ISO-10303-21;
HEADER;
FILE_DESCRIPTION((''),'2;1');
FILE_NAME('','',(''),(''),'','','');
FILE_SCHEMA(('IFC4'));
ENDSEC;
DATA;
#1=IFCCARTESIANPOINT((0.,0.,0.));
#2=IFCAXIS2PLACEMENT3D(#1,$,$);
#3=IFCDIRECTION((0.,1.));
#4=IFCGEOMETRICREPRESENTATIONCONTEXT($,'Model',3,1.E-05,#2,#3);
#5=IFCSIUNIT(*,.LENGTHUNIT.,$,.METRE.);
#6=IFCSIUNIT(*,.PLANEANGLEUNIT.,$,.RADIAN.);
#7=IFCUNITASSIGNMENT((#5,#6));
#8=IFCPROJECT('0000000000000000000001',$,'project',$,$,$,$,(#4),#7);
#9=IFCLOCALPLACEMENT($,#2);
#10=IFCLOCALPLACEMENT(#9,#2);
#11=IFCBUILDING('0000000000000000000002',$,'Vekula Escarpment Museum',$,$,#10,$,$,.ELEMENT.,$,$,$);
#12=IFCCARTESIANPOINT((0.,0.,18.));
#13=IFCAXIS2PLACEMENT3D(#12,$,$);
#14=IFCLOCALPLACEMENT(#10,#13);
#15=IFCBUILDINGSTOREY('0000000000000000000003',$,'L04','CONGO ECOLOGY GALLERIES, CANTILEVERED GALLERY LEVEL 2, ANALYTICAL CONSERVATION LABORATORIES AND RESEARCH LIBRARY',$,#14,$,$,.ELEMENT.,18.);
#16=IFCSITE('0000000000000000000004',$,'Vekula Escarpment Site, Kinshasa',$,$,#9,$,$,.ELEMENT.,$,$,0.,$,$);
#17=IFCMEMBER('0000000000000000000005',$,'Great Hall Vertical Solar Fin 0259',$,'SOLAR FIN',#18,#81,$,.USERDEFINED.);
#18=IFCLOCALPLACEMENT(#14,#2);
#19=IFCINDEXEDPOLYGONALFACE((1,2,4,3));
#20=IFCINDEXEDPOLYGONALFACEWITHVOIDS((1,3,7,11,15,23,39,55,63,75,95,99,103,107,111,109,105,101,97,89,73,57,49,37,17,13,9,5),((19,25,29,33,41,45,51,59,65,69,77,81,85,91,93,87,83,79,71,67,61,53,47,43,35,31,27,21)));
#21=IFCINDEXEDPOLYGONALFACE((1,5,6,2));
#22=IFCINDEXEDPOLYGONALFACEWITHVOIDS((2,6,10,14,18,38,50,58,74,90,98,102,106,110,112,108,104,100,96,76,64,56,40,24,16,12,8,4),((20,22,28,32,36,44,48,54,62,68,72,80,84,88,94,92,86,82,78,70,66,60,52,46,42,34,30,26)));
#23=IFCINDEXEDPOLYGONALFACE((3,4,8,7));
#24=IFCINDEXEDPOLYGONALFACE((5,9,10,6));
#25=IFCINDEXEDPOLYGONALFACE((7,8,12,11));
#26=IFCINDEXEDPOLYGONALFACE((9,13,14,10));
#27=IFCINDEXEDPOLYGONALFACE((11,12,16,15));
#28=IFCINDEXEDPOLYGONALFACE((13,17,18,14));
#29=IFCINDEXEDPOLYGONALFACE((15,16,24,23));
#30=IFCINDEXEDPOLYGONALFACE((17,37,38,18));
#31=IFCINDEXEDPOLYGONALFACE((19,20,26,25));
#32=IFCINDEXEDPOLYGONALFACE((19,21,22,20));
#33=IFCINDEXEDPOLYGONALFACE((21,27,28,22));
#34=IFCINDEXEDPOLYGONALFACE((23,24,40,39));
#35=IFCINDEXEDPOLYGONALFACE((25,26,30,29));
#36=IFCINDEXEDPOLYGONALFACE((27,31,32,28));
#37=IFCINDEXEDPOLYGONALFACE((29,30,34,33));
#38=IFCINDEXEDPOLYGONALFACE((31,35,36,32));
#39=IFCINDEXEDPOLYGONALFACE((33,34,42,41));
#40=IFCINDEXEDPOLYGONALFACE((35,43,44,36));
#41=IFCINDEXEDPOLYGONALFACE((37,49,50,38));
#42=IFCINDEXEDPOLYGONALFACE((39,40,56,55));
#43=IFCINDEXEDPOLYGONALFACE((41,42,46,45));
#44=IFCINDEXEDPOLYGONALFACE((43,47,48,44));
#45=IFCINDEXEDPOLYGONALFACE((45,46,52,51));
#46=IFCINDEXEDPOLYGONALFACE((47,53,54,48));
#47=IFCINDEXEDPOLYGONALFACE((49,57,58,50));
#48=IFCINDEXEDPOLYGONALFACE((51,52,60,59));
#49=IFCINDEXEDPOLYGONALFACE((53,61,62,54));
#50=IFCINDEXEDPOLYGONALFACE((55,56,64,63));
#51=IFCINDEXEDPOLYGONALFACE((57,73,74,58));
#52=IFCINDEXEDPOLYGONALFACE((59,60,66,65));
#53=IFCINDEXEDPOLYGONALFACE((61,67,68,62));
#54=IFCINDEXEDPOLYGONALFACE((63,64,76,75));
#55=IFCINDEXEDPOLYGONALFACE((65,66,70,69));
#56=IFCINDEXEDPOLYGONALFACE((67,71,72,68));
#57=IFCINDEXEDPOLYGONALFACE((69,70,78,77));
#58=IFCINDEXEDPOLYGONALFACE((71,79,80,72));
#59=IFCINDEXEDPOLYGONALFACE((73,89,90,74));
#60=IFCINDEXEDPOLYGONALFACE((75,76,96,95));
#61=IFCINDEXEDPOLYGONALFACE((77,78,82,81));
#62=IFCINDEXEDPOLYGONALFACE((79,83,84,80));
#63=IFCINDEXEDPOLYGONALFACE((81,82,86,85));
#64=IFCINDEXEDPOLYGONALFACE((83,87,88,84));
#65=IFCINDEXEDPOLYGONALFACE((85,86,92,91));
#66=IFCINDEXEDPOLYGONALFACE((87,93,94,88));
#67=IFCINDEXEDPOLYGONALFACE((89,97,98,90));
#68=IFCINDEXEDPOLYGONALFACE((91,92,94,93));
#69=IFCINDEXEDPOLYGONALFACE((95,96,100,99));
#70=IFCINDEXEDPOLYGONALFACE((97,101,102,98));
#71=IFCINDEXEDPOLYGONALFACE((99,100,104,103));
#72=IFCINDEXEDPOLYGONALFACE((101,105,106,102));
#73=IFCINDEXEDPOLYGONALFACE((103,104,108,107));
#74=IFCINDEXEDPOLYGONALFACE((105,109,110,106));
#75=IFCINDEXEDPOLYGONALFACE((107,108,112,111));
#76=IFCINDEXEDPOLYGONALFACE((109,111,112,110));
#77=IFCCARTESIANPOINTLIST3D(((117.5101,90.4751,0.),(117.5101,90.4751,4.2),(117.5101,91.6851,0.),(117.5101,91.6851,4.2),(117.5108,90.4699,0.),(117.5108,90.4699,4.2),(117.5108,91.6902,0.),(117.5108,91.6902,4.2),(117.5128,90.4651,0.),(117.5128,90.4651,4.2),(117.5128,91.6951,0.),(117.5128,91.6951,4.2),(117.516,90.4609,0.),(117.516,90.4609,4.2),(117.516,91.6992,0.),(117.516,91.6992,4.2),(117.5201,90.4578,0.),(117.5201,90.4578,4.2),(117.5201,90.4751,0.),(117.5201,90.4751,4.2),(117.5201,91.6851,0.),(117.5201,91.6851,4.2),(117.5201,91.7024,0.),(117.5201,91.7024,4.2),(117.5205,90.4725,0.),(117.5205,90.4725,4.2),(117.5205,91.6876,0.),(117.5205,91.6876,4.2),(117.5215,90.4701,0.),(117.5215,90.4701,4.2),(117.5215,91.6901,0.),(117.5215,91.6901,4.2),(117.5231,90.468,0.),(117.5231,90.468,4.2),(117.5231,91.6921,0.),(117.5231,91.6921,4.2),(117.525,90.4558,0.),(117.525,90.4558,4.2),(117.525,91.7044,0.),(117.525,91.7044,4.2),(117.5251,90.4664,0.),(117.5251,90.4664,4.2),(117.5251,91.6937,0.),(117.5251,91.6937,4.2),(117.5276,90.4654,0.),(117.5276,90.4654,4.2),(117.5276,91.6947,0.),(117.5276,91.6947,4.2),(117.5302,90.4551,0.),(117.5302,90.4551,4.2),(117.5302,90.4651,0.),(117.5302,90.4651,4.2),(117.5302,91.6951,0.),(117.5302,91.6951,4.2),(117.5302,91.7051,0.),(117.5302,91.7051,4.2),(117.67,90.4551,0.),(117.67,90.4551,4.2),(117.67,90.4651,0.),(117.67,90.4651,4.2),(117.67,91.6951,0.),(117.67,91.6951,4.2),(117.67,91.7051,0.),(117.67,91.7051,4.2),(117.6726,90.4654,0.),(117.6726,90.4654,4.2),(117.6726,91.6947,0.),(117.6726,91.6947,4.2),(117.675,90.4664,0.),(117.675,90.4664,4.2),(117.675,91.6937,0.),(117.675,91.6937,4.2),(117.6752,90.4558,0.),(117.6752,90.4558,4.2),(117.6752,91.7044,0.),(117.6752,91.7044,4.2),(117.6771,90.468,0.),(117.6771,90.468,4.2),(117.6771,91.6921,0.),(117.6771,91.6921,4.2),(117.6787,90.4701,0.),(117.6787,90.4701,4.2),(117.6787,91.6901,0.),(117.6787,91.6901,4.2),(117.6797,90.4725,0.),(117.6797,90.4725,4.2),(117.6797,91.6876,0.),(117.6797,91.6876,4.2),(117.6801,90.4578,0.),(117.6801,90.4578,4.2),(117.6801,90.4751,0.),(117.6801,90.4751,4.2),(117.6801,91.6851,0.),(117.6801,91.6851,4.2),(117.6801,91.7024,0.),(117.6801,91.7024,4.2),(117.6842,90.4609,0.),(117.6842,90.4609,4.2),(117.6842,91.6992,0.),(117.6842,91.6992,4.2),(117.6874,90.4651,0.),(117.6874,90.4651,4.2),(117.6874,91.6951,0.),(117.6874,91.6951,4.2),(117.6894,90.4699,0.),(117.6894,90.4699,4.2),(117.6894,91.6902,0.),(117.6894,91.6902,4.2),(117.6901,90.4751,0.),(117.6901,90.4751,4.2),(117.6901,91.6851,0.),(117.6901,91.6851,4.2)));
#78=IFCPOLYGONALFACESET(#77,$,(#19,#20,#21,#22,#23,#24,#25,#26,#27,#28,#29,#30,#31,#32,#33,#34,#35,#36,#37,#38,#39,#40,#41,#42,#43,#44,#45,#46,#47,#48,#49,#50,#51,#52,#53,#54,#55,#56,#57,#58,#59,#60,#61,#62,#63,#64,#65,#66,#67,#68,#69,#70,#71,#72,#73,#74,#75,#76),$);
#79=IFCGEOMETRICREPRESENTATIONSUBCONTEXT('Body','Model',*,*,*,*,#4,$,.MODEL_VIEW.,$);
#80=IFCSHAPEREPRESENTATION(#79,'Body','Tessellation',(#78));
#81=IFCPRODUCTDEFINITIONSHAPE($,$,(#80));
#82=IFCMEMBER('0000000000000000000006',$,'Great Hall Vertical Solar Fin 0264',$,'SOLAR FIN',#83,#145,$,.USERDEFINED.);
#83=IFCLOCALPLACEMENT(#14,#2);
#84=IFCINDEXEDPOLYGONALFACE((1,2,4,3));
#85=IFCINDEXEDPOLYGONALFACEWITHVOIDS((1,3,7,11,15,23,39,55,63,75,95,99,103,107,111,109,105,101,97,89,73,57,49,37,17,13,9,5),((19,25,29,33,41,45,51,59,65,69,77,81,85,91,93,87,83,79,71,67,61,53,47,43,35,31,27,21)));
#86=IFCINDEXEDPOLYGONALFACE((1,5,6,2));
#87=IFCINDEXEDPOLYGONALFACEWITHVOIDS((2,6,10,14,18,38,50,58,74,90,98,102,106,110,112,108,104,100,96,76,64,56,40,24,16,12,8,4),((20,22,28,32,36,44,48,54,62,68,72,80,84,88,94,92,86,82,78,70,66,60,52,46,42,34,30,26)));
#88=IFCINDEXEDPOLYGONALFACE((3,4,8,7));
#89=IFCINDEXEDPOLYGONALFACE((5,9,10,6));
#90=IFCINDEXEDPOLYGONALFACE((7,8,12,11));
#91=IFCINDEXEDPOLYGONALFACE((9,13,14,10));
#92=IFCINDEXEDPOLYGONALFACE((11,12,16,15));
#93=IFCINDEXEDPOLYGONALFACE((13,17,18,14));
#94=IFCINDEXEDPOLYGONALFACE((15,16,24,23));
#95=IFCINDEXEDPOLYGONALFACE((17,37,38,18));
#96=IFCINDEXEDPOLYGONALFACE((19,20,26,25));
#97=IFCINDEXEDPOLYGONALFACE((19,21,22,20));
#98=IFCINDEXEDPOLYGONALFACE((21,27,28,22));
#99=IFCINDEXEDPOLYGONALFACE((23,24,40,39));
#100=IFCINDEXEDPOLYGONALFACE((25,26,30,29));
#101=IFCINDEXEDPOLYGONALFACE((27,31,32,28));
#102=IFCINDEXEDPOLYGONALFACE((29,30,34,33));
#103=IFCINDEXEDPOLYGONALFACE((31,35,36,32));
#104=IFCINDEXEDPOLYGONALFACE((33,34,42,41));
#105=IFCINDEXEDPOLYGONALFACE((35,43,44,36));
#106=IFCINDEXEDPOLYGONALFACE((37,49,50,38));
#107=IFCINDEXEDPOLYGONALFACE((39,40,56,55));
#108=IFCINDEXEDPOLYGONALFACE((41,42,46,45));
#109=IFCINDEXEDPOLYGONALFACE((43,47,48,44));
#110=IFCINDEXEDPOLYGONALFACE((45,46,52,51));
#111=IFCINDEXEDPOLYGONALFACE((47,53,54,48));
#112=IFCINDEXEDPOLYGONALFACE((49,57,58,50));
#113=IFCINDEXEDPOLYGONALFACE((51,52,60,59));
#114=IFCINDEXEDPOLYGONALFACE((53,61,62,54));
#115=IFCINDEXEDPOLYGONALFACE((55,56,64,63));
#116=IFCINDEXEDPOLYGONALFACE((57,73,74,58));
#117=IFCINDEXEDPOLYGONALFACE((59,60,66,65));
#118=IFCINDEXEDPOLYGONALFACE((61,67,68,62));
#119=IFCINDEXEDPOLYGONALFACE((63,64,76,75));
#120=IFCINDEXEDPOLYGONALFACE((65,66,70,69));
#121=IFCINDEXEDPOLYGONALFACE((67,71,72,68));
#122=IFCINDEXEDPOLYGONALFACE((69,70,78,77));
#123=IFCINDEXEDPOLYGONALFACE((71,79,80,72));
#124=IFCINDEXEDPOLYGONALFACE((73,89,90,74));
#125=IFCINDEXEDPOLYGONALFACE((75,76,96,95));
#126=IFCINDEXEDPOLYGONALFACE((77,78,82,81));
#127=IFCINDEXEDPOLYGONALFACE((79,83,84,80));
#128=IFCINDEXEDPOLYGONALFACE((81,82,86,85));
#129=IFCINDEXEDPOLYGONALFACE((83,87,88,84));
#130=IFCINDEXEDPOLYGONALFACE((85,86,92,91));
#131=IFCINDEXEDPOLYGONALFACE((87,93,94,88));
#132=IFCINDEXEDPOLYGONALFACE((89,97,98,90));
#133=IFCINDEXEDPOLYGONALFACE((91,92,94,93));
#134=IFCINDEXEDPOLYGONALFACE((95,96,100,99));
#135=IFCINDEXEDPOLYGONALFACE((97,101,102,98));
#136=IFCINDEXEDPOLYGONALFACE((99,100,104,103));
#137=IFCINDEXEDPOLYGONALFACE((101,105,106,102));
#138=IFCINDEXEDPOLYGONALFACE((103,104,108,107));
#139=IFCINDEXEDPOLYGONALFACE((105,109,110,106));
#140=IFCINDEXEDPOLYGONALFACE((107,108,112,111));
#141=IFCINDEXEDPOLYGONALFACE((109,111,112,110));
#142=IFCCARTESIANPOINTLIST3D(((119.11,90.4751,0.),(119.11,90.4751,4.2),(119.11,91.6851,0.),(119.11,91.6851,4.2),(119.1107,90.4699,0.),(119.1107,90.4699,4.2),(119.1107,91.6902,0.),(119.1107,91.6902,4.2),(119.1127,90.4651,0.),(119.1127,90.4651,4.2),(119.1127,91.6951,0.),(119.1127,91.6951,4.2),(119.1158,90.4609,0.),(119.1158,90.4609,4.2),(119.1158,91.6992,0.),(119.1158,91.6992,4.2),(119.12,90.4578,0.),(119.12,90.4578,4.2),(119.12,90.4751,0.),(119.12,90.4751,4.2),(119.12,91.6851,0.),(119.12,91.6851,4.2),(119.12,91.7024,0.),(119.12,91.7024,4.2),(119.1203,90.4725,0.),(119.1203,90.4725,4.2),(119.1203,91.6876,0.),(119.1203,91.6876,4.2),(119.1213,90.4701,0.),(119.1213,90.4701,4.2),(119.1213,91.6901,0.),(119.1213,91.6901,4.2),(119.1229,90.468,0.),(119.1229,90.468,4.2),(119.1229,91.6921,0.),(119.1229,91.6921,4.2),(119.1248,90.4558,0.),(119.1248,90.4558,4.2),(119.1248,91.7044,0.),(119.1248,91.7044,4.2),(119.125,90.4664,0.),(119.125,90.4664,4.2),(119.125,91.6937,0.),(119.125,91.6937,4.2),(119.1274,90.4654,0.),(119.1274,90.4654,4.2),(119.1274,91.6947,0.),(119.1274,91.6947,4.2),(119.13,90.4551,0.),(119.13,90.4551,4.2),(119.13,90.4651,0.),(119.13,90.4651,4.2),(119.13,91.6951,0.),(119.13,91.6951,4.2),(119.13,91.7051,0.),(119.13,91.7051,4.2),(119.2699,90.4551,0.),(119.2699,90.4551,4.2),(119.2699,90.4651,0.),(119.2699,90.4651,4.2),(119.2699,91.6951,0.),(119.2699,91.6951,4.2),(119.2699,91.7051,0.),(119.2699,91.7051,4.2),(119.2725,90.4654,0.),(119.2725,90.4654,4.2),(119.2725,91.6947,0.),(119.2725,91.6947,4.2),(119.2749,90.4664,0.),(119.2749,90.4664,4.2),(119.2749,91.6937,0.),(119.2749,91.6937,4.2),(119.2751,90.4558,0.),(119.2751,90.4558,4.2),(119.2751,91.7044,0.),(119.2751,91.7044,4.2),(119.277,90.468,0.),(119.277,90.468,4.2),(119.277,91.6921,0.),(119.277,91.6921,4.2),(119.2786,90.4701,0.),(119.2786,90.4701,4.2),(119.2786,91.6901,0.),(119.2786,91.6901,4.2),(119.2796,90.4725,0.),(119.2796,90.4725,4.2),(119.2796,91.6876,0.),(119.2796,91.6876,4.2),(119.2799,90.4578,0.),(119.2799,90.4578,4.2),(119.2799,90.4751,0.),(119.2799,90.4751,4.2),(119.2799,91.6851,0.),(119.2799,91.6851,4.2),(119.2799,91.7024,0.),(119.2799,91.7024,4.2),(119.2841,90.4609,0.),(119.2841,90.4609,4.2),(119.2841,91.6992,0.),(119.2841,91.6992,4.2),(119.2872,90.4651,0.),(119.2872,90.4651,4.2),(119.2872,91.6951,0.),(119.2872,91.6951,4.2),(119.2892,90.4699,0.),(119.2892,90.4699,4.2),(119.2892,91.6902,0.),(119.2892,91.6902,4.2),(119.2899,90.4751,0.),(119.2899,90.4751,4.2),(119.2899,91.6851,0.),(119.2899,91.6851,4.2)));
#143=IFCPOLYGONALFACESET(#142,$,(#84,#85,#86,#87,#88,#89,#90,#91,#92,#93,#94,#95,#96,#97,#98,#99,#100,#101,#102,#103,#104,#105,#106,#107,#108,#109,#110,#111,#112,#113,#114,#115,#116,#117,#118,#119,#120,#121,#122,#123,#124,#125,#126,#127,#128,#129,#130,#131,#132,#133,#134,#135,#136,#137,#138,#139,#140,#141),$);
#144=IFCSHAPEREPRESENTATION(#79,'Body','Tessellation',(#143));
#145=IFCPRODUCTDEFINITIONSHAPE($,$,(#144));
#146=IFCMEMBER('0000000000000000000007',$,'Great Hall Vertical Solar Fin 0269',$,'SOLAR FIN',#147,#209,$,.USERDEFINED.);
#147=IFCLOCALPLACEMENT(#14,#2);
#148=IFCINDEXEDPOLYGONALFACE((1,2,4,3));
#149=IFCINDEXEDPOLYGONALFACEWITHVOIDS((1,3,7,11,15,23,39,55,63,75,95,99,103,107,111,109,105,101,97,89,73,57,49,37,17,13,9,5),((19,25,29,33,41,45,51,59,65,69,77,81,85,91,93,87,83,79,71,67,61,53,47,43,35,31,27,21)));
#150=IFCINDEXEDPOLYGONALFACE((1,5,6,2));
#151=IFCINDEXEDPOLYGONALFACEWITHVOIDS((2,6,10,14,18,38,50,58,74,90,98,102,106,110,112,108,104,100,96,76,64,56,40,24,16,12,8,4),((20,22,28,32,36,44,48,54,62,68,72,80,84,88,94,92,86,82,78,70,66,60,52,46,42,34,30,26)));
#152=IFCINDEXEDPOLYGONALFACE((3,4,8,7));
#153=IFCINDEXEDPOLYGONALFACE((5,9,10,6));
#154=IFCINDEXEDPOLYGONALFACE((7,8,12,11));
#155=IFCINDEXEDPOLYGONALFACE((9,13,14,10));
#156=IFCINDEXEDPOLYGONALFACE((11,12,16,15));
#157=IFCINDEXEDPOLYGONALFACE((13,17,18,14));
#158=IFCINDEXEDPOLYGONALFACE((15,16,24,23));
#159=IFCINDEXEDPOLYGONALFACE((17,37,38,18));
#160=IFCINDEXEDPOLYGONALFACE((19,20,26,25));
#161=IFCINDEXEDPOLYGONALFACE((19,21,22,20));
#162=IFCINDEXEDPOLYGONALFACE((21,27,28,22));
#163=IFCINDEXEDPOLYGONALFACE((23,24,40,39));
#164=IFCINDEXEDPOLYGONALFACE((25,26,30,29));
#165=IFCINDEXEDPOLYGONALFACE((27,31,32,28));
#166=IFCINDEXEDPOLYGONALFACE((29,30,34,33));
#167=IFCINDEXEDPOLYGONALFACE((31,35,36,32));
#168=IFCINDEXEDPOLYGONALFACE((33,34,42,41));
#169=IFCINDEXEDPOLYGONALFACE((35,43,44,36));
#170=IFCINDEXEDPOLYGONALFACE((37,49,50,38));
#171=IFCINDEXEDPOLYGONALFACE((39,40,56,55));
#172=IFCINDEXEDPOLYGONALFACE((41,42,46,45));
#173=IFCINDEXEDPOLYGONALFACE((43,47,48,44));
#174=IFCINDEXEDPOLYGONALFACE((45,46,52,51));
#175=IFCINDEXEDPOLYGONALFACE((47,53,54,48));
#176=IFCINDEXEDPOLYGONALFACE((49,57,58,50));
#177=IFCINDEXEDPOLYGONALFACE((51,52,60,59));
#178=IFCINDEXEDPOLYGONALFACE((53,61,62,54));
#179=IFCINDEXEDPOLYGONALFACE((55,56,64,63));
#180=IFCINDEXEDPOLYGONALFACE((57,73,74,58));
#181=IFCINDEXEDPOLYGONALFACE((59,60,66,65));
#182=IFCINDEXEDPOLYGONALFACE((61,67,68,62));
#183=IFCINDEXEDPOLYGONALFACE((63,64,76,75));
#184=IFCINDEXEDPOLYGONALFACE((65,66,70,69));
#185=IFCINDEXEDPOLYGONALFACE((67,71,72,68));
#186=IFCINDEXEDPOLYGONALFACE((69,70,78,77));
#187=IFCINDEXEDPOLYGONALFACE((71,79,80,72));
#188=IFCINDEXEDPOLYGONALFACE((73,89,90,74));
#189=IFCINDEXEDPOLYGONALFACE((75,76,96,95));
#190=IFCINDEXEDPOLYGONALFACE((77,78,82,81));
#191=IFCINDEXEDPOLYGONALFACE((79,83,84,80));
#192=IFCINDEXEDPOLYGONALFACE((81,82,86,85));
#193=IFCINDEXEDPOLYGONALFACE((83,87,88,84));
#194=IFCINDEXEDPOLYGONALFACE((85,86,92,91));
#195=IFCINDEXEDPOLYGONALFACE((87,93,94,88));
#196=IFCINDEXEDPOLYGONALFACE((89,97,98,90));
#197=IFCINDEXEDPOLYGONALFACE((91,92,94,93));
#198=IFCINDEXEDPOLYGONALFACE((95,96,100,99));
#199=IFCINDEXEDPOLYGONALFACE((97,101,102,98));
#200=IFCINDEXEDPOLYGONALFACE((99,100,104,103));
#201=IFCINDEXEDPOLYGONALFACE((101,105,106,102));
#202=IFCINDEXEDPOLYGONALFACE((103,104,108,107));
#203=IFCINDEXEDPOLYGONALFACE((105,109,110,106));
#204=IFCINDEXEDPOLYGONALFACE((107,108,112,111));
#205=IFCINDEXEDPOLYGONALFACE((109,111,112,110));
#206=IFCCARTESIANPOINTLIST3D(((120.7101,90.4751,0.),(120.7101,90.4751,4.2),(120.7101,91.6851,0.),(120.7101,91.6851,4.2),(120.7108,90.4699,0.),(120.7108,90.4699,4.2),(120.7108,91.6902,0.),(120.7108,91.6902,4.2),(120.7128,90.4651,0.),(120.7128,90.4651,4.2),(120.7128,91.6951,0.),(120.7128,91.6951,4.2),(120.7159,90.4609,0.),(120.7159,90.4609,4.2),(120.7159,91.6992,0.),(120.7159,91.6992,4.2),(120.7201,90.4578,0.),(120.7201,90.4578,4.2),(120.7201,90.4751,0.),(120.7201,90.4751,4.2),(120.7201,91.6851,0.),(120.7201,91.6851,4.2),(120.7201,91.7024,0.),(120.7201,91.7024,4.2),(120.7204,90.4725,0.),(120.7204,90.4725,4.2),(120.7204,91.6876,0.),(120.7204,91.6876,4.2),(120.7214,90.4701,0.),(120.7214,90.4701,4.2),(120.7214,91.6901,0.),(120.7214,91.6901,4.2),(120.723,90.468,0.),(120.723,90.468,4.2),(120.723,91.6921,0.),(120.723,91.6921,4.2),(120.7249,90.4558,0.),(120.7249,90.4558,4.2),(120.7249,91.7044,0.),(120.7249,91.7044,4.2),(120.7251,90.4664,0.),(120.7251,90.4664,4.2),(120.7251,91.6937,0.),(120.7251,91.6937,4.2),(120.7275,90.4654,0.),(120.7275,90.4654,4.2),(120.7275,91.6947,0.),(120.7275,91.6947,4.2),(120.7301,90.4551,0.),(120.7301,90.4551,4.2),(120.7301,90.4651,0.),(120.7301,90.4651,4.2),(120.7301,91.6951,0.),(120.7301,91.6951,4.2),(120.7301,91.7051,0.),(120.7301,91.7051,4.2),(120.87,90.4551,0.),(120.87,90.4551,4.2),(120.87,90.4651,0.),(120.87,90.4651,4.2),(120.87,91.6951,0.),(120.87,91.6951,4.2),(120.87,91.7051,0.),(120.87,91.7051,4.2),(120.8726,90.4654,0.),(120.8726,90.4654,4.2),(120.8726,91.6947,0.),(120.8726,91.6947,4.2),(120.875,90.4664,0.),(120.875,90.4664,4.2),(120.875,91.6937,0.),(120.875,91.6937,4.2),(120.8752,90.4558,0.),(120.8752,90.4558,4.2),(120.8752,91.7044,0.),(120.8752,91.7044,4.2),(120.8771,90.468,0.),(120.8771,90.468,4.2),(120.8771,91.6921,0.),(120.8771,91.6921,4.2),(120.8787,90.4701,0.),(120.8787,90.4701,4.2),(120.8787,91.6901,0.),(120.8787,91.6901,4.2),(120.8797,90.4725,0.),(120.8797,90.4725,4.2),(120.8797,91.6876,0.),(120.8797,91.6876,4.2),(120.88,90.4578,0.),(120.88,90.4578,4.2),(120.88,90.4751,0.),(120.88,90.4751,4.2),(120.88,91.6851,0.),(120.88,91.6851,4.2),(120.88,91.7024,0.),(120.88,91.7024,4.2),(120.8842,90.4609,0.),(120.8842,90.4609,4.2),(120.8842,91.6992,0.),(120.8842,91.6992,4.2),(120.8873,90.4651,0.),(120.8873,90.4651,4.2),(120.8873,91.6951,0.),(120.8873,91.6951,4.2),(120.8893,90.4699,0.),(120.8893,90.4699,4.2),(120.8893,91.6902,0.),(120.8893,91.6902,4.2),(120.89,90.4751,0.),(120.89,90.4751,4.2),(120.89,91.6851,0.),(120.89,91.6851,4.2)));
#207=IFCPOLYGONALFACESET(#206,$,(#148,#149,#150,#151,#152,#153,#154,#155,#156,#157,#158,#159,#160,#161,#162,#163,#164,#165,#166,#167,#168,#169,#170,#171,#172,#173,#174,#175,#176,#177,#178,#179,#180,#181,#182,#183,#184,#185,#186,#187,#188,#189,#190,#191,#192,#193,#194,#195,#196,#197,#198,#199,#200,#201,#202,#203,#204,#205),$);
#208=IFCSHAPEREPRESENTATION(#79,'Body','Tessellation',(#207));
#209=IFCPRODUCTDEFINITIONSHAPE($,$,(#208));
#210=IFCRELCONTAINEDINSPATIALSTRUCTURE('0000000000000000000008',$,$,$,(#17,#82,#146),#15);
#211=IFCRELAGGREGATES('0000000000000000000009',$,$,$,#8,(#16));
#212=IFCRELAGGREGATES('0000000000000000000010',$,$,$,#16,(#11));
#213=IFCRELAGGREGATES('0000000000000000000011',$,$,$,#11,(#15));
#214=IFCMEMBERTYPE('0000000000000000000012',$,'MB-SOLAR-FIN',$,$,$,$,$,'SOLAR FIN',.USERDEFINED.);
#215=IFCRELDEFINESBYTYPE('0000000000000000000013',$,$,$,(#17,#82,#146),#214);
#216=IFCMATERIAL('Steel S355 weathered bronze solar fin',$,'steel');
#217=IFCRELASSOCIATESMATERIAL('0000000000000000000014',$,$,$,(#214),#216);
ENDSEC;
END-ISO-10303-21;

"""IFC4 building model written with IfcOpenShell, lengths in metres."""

from ifc_helpers import new_model, si_unit, direction, frame, origin, origin_2d, place, context, subcontext, project, spatial, hollow_rectangle, extrude, material, material_profile, profile_set, type_object, element, save


model = new_model("IFC4")

# Units and contexts
model_context = context("Model", 3, precision=1e-05, world=origin(), true_north=direction((0.0, 1.0)))
body_context = subcontext(model_context, "Body", "Model", "MODEL_VIEW")
ifc_project = project(units=[si_unit("LENGTHUNIT", "METRE"), si_unit("PLANEANGLEUNIT", "RADIAN")], contexts=[model_context])

# Site, building, storey
site_placement = place(None, origin())
site = spatial("IfcSite", under=ifc_project, at=site_placement, Name="Vekula Escarpment Site, Kinshasa", CompositionType="ELEMENT", RefElevation=0.0)
building_placement = place(site_placement, origin())
building = spatial("IfcBuilding", under=site, at=building_placement, Name="Vekula Escarpment Museum", CompositionType="ELEMENT")
storey_placement = place(building_placement, frame((0.0, 0.0, 18.0)))
storey = spatial("IfcBuildingStorey", under=building, at=storey_placement, Name="L04", Description="CONGO ECOLOGY GALLERIES, CANTILEVERED GALLERY LEVEL 2, ANALYTICAL CONSERVATION LABORATORIES AND RESEARCH LIBRARY", CompositionType="ELEMENT", Elevation=18.0)

# Members
ifc_material_1 = material(Name="Steel S355 weathered bronze solar fin", Category="steel")
ifc_material_profile_1 = material_profile(ifc_material_1, hollow_rectangle(XDim=0.1799, YDim=1.25, WallThickness=0.01, InnerFilletRadius=0.01, OuterFilletRadius=0.02, at=origin_2d()), Name="RHS 1250x180x10")
ifc_profile_set_1 = profile_set([ifc_material_profile_1], Name="Steel S355 weathered bronze solar fin")
member_type_1 = type_object("IfcMemberType", Name="MB-SOLAR-FIN", ElementType="SOLAR FIN", PredefinedType="USERDEFINED", material=ifc_profile_set_1)
for number, where, z_axis, x_axis, name in (
    (1, (117.6001, 91.0801, 0.0), (0.0, 0.0, 1.0), (1.0, 0.0, 0.0), "Great Hall Vertical Solar Fin 0259"),
    (2, (119.2, 91.0801, 0.0), (0.0, 0.0, 1.0), (1.0, 0.0, 0.0), "Great Hall Vertical Solar Fin 0264"),
    (3, (120.8, 91.0801, 0.0), (0.0, 0.0, 1.0), (1.0, 0.0, 0.0), "Great Hall Vertical Solar Fin 0269"),
):
    element("IfcMember", number, at=place(storey_placement, frame(where, z_axis=z_axis, x_axis=x_axis)), inside=storey, type_object=member_type_1, Name=name, ObjectType="SOLAR FIN", PredefinedType="USERDEFINED", context=body_context, shape_type="SweptSolid", body=[
        extrude(hollow_rectangle(XDim=0.1799, YDim=1.25, WallThickness=0.01, InnerFilletRadius=0.01, OuterFilletRadius=0.02, at=origin_2d()), origin(), (0.0, 0.0, 1.0), 4.2),
    ])

save(model, "model.ifc")
